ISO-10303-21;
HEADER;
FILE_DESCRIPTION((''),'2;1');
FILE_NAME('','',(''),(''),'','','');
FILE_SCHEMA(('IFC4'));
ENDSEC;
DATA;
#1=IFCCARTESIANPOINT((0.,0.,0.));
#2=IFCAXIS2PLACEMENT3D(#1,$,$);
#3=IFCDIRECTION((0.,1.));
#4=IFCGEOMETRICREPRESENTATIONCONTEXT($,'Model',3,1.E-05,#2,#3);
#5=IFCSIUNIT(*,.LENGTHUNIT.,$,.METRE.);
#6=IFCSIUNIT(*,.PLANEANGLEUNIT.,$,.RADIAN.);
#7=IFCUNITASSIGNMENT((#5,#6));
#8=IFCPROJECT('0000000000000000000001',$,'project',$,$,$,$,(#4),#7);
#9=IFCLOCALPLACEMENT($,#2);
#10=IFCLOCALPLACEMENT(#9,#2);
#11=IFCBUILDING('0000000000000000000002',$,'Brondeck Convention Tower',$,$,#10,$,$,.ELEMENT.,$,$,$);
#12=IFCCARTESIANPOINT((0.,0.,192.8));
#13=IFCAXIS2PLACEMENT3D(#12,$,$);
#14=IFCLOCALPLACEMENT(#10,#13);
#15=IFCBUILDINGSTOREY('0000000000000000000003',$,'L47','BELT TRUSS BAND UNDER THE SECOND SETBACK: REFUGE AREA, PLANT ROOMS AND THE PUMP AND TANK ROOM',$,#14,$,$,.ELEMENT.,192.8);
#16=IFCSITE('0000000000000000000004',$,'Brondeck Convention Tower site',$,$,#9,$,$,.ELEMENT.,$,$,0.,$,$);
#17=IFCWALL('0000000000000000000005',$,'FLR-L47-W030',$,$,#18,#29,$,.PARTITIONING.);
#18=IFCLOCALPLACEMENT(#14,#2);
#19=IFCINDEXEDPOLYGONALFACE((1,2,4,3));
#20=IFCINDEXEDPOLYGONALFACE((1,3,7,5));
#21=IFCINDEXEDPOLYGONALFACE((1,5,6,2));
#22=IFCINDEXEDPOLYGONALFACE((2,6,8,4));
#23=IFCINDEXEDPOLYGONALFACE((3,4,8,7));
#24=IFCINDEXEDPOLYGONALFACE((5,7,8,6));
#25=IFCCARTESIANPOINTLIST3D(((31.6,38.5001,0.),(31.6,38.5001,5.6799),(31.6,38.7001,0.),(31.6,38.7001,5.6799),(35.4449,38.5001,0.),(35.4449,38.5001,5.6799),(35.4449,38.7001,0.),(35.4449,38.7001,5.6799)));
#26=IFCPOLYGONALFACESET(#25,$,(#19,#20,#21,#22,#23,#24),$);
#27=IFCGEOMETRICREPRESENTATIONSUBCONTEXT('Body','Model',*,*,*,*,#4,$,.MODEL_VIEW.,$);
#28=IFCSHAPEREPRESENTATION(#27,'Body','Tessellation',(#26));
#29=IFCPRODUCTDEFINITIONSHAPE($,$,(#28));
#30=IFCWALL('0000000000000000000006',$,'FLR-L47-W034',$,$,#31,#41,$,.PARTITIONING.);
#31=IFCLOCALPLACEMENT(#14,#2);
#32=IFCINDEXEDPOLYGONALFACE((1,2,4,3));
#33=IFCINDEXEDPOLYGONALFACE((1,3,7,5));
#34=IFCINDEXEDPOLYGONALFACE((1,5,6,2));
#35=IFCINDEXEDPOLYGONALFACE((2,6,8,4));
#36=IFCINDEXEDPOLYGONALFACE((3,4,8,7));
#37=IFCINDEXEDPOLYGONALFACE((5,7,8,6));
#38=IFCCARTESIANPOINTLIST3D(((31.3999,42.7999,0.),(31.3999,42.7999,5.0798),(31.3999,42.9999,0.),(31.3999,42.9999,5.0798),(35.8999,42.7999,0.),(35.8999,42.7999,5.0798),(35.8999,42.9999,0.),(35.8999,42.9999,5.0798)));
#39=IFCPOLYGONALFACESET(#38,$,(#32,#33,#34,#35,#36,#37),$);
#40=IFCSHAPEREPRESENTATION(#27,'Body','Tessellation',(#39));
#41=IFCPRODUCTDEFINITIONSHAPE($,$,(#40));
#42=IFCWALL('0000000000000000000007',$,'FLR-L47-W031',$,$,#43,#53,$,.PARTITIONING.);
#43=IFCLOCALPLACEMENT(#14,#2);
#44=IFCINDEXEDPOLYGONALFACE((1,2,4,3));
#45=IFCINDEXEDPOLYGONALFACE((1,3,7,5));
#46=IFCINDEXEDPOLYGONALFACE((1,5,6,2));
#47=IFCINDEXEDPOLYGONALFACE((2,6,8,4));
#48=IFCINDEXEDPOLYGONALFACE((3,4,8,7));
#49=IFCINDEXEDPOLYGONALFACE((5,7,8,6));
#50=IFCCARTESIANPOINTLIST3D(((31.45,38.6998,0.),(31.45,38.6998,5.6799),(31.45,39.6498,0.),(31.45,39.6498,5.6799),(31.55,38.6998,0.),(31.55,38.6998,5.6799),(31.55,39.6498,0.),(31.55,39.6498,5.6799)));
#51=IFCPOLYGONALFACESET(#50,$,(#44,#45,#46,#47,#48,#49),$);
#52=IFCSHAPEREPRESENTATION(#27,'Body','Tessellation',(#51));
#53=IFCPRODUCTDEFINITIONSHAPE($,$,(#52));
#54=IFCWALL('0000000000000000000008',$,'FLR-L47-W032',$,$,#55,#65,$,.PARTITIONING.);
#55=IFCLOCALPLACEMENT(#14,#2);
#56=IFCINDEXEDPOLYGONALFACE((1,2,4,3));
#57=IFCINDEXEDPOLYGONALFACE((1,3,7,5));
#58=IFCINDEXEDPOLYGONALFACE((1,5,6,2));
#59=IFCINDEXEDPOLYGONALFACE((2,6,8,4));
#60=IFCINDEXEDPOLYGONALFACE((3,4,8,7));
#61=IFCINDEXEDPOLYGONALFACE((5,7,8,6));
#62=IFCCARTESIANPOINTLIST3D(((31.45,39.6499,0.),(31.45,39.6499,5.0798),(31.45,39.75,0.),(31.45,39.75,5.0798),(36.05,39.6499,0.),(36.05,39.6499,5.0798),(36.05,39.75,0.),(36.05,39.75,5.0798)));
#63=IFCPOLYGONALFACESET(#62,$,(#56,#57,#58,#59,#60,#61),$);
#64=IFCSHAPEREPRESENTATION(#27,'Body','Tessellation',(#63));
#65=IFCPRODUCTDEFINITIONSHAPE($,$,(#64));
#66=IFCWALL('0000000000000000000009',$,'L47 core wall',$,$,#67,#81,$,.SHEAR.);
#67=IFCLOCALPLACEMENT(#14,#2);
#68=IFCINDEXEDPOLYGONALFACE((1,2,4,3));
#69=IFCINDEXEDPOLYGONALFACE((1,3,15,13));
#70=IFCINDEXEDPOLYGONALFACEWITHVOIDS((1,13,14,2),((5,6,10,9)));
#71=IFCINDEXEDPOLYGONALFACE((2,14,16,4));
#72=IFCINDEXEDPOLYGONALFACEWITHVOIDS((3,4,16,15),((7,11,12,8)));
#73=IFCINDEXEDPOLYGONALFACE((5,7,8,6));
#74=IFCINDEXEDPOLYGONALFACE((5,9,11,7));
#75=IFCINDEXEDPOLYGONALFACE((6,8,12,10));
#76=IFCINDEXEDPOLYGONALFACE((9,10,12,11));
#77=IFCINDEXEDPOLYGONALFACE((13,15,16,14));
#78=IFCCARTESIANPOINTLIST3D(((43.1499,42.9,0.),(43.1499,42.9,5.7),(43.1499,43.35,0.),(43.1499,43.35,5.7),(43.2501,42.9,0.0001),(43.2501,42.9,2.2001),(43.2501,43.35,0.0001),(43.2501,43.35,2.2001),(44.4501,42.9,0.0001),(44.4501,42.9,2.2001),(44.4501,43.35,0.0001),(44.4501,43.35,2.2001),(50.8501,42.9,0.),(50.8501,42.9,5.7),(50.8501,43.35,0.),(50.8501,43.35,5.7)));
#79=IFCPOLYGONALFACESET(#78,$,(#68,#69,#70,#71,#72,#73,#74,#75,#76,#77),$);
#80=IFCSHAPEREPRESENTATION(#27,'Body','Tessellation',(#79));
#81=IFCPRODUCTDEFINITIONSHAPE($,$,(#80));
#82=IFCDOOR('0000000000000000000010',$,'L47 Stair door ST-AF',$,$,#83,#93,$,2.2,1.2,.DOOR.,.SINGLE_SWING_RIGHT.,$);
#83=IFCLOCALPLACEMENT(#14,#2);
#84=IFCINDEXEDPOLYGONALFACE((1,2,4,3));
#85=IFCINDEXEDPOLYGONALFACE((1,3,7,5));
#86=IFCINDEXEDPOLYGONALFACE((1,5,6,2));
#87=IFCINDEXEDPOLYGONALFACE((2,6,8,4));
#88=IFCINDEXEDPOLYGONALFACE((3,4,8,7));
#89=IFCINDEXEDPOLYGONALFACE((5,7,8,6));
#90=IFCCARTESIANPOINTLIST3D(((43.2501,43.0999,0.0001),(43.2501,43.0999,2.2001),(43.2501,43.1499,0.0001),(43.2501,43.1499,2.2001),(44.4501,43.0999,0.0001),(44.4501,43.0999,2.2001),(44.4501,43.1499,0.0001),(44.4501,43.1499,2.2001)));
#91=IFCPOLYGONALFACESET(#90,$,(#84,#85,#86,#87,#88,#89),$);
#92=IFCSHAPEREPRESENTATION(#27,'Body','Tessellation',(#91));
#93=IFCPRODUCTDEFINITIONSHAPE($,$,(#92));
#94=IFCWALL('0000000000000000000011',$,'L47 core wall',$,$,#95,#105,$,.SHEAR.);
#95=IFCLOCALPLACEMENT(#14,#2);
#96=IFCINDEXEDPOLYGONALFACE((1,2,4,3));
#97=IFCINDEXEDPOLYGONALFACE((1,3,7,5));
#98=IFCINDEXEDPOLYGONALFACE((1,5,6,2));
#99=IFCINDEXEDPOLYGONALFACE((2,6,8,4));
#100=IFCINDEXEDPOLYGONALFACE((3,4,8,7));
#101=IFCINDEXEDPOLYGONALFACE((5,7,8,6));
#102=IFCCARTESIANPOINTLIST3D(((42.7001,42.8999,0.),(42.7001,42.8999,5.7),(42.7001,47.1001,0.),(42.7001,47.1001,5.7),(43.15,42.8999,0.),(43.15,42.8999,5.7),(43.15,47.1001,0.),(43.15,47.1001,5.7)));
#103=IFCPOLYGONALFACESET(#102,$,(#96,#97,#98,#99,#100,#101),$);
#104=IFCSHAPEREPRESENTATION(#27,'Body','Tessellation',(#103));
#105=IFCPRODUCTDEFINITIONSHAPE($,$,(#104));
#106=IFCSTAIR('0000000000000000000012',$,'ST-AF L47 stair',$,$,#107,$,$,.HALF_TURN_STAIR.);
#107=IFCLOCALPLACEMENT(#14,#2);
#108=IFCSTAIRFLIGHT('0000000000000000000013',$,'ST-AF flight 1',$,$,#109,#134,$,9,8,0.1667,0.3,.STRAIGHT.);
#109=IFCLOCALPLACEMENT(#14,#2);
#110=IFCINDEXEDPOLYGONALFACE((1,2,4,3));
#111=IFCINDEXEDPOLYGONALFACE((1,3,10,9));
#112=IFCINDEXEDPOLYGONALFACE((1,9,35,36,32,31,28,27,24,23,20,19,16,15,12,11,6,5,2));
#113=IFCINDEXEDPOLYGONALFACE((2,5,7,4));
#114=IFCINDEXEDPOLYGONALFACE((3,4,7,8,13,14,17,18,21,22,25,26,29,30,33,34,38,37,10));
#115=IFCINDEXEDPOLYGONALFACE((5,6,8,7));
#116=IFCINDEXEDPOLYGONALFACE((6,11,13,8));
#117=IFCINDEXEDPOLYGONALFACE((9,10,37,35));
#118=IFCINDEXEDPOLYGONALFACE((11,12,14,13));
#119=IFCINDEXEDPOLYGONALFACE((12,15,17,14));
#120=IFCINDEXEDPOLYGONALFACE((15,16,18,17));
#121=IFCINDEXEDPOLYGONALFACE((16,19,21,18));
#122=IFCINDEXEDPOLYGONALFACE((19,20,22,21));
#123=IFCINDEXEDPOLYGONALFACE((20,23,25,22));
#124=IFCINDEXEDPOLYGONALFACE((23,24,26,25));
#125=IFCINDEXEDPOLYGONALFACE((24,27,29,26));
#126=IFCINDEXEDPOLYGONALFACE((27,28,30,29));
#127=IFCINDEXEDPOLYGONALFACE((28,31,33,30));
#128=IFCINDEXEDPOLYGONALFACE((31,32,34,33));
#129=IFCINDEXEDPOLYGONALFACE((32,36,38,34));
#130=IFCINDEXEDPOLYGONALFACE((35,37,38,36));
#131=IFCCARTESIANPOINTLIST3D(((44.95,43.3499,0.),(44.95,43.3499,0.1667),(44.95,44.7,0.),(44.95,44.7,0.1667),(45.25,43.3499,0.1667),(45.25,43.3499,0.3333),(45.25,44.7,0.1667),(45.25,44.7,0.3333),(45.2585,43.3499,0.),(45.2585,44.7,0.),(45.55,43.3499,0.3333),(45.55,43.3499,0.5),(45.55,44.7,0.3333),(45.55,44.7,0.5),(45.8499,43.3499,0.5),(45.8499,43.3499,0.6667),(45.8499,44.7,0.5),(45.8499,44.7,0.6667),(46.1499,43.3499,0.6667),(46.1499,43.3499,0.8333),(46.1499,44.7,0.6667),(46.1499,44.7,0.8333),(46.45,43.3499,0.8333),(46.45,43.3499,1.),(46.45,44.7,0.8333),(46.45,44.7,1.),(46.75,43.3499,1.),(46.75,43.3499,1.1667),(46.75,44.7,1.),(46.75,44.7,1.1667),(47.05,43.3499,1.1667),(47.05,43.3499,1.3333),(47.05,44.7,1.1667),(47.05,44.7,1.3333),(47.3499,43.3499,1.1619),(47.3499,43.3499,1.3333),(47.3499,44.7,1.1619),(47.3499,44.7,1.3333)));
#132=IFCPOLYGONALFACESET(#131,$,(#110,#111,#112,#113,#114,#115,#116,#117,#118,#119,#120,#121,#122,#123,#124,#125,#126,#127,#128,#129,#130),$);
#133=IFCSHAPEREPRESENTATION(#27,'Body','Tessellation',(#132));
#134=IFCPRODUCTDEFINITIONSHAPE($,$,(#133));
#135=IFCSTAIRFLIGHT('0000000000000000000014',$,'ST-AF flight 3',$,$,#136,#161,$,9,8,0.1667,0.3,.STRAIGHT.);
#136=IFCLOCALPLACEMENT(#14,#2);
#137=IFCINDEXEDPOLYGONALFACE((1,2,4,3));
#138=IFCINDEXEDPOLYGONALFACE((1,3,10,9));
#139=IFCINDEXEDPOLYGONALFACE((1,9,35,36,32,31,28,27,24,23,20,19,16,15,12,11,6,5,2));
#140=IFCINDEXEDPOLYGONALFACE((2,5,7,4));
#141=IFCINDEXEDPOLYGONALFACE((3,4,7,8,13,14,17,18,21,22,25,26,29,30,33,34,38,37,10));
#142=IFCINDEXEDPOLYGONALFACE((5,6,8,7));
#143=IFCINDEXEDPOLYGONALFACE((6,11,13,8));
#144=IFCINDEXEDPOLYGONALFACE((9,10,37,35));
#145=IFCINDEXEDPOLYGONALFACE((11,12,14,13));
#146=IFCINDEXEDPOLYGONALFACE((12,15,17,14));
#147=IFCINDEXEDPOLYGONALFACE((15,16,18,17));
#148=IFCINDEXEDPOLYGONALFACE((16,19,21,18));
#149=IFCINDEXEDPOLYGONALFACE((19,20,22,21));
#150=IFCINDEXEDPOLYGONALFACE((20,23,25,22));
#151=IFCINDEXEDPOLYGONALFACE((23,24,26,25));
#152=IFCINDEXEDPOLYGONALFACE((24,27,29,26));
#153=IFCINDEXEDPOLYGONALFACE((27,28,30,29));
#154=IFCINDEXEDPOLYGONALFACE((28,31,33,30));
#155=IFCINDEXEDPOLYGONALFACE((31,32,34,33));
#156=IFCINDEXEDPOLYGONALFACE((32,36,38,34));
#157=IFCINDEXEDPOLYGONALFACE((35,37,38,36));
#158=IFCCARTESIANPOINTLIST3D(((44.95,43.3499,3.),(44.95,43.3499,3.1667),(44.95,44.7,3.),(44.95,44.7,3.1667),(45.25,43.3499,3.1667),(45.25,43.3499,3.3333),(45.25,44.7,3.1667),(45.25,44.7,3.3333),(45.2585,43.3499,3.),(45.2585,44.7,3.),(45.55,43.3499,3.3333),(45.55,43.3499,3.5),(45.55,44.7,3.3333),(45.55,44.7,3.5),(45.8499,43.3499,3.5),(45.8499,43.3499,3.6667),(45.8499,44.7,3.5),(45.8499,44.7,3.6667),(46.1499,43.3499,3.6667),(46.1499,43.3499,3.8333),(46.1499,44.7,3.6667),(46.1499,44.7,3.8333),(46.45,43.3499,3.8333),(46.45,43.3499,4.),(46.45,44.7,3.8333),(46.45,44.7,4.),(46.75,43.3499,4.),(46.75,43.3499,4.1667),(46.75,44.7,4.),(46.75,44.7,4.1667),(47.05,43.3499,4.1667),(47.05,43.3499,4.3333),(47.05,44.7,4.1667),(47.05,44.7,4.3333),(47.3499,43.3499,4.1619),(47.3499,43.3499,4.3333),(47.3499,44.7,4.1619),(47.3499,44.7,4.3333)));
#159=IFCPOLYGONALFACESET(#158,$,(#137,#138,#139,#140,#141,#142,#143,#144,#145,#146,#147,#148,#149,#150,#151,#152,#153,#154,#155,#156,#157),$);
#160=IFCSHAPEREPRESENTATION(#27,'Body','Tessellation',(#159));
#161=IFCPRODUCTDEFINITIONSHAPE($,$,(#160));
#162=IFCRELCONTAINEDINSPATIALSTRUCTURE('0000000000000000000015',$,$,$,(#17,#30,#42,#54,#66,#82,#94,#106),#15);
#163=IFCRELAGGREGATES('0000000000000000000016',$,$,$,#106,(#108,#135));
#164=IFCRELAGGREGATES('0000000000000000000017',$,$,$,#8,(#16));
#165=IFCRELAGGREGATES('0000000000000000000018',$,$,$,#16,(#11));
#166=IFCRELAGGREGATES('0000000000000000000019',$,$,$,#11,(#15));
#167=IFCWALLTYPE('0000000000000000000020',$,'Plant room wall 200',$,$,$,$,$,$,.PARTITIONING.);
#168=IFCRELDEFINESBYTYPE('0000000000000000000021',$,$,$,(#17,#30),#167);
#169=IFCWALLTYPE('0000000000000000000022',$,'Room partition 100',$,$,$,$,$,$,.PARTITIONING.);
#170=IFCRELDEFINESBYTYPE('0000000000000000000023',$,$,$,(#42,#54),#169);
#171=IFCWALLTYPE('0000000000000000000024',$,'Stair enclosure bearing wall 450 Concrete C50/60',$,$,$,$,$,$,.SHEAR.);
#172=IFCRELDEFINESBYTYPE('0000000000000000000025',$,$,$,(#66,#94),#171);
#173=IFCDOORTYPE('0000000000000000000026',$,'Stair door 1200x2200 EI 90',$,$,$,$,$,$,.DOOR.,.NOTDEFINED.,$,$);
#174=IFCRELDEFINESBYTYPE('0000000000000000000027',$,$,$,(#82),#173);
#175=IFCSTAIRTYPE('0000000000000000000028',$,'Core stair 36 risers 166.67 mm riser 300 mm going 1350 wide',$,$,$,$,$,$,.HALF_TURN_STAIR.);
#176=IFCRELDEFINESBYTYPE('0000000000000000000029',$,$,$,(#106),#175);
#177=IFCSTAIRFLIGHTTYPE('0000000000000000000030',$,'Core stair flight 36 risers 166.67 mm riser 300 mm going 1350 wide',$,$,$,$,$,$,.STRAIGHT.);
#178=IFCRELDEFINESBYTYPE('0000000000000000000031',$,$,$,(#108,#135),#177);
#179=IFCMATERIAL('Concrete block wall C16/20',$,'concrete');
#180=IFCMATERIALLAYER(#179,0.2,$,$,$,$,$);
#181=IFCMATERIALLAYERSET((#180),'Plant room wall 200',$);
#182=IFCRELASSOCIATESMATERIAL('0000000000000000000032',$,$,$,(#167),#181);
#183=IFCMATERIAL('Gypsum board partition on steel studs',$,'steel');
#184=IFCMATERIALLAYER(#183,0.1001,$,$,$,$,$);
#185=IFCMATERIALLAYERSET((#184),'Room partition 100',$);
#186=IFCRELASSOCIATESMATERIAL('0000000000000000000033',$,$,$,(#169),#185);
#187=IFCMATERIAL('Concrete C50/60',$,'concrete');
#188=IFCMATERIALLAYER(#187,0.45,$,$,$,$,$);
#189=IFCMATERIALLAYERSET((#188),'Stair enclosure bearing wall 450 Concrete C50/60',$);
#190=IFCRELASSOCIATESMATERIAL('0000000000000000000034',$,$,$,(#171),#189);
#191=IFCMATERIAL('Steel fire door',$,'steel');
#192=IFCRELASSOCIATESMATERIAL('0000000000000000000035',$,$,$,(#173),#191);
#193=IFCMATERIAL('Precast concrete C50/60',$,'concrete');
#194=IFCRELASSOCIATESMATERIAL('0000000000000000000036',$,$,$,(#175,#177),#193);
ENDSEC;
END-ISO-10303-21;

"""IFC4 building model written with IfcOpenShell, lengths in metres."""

from ifc_helpers import new_model, si_unit, direction, frame, frame_2d, origin, place, context, subcontext, project, spatial, polyline, rectangle, outline, extrude, material, layer, layer_set, type_object, element, fill, aggregate, save


model = new_model("IFC4")

# Units and contexts
model_context = context("Model", 3, precision=1e-05, world=origin(), true_north=direction((0.0, 1.0)))
body_context = subcontext(model_context, "Body", "Model", "MODEL_VIEW")
ifc_project = project(units=[si_unit("LENGTHUNIT", "METRE"), si_unit("PLANEANGLEUNIT", "RADIAN")], contexts=[model_context])

# Site, building, storey
site_placement = place(None, origin())
site = spatial("IfcSite", under=ifc_project, at=site_placement, Name="Brondeck Convention Tower site", CompositionType="ELEMENT", RefElevation=0.0)
building_placement = place(site_placement, origin())
building = spatial("IfcBuilding", under=site, at=building_placement, Name="Brondeck Convention Tower", CompositionType="ELEMENT")
storey_placement = place(building_placement, frame((0.0, 0.0, 192.8)))
storey = spatial("IfcBuildingStorey", under=building, at=storey_placement, Name="L47", Description="BELT TRUSS BAND UNDER THE SECOND SETBACK: REFUGE AREA, PLANT ROOMS AND THE PUMP AND TANK ROOM", CompositionType="ELEMENT", Elevation=192.8)

# Walls
ifc_material_1 = material(Name="Concrete block wall C16/20", Category="concrete")
ifc_layer_1 = layer(ifc_material_1, 0.2)
ifc_layer_set_1 = layer_set([ifc_layer_1], Name="Plant room wall 200")
wall_type_1 = type_object("IfcWallType", Name="Plant room wall 200", PredefinedType="PARTITIONING", material=ifc_layer_set_1)
wall_1_placement = place(storey_placement, frame((31.6001, 38.6001, 0.0), z_axis=(0.0, 0.0, 1.0), x_axis=(1.0, 0.0, 0.0)))
element("IfcWall", 1, at=wall_1_placement, inside=storey, type_object=wall_type_1, Name="FLR-L47-W030", PredefinedType="PARTITIONING", context=body_context, shape_type="SweptSolid", body=[
    extrude(rectangle(XDim=3.845, YDim=0.2, at=frame_2d((1.9224, 0.0))), origin(), (0.0, 0.0, 1.0), 5.6799),
])
wall_2_placement = place(storey_placement, frame((31.3999, 42.8999, 0.0), z_axis=(0.0, 0.0, 1.0), x_axis=(1.0, 0.0, 0.0)))
element("IfcWall", 2, at=wall_2_placement, inside=storey, type_object=wall_type_1, Name="FLR-L47-W034", PredefinedType="PARTITIONING", context=body_context, shape_type="SweptSolid", body=[
    extrude(rectangle(XDim=4.5, YDim=0.2, at=frame_2d((2.25, 0.0))), origin(), (0.0, 0.0, 1.0), 5.0798),
])
ifc_material_2 = material(Name="Gypsum board partition on steel studs", Category="steel")
ifc_layer_2 = layer(ifc_material_2, 0.1001)
ifc_layer_set_2 = layer_set([ifc_layer_2], Name="Room partition 100")
wall_type_2 = type_object("IfcWallType", Name="Room partition 100", PredefinedType="PARTITIONING", material=ifc_layer_set_2)
wall_3_placement = place(storey_placement, frame((31.5, 39.6499, 0.0), z_axis=(0.0, 0.0, 1.0), x_axis=(0.0, -1.0, 0.0)))
element("IfcWall", 3, at=wall_3_placement, inside=storey, type_object=wall_type_2, Name="FLR-L47-W031", PredefinedType="PARTITIONING", context=body_context, shape_type="SweptSolid", body=[
    extrude(rectangle(XDim=0.95, YDim=0.1001, at=frame_2d((0.4751, 0.0))), origin(), (0.0, 0.0, 1.0), 5.6799),
])
wall_4_placement = place(storey_placement, frame((36.05, 39.7, 0.0), z_axis=(0.0, 0.0, 1.0), x_axis=(-1.0, 0.0, 0.0)))
element("IfcWall", 4, at=wall_4_placement, inside=storey, type_object=wall_type_2, Name="FLR-L47-W032", PredefinedType="PARTITIONING", context=body_context, shape_type="SweptSolid", body=[
    extrude(rectangle(XDim=4.6001, YDim=0.1001, at=frame_2d((2.3, 0.0))), origin(), (0.0, 0.0, 1.0), 5.0798),
])

# Wall, opening, door
ifc_material_3 = material(Name="Concrete C50/60", Category="concrete")
ifc_layer_3 = layer(ifc_material_3, 0.45)
ifc_layer_set_3 = layer_set([ifc_layer_3], Name="Stair enclosure bearing wall 450 Concrete C50/60")
wall_type_3 = type_object("IfcWallType", Name="Stair enclosure bearing wall 450 Concrete C50/60", PredefinedType="SHEAR", material=ifc_layer_set_3)
wall_5_placement = place(storey_placement, frame((43.1499, 43.125, 0.0), z_axis=(0.0, 0.0, 1.0), x_axis=(1.0, 0.0, 0.0)))
wall_5 = element("IfcWall", 5, at=wall_5_placement, inside=storey, type_object=wall_type_3, Name="L47 core wall", PredefinedType="SHEAR", context=body_context, shape_type="SweptSolid", body=[
    extrude(rectangle(XDim=7.7002, YDim=0.45, at=frame_2d((3.8501, 0.0))), origin(), (0.0, 0.0, 1.0), 5.7),
])
opening_1_placement = place(wall_5_placement, frame((0.1001, 0.0, 0.0)))
opening_1 = element("IfcOpeningElement", 6, at=opening_1_placement, cuts=wall_5, PredefinedType="OPENING", context=body_context, shape_type="SweptSolid", body=[
    extrude(rectangle(XDim=1.2, YDim=2.2, at=frame_2d((0.6001, 1.1001))), frame((0.0, 0.2349, 0.0), z_axis=(0.0, -1.0, 0.0), x_axis=(1.0, 0.0, 0.0)), (0.0, 0.0, 1.0), 0.47),
])
ifc_material_4 = material(Name="Steel fire door", Category="steel")
door_type_1 = type_object("IfcDoorType", Name="Stair door 1200x2200 EI 90", OperationType="NOTDEFINED", PredefinedType="DOOR", material=ifc_material_4)
door_1_placement = place(opening_1_placement, origin())
door_1 = element("IfcDoor", 7, at=door_1_placement, inside=storey, type_object=door_type_1, Name="L47 Stair door ST-AF", OperationType="SINGLE_SWING_RIGHT", OverallHeight=2.2, OverallWidth=1.2, PredefinedType="DOOR", context=body_context, shape_type="SweptSolid", body=[
    extrude(rectangle(XDim=1.2, YDim=2.2, at=frame_2d((0.6001, 1.1001))), frame((0.0, 0.0249, 0.0), z_axis=(0.0, -1.0, 0.0), x_axis=(1.0, 0.0, 0.0)), (0.0, 0.0, 1.0), 0.05),
])
fill(opening_1, door_1)

# Wall
wall_6_placement = place(storey_placement, frame((42.925, 42.8999, 0.0), z_axis=(0.0, 0.0, 1.0), x_axis=(0.0, 1.0, 0.0)))
element("IfcWall", 8, at=wall_6_placement, inside=storey, type_object=wall_type_3, Name="L47 core wall", PredefinedType="SHEAR", context=body_context, shape_type="SweptSolid", body=[
    extrude(rectangle(XDim=4.2002, YDim=0.45, at=frame_2d((2.1001, 0.0))), origin(), (0.0, 0.0, 1.0), 5.7),
])

# Stair, stair flights
ifc_material_5 = material(Name="Precast concrete C50/60", Category="concrete")
stair_type = type_object("IfcStairType", Name="Core stair 36 risers 166.67 mm riser 300 mm going 1350 wide", PredefinedType="HALF_TURN_STAIR", material=ifc_material_5)
stair_placement = place(storey_placement, origin())
stair = element("IfcStair", 9, at=stair_placement, inside=storey, type_object=stair_type, Name="ST-AF L47 stair", PredefinedType="HALF_TURN_STAIR")
stair_flight_type = type_object("IfcStairFlightType", Name="Core stair flight 36 risers 166.67 mm riser 300 mm going 1350 wide", PredefinedType="STRAIGHT", material=ifc_material_5)
stair_flight_1_placement = place(storey_placement, frame((44.95, 44.0249, 0.0), z_axis=(0.0, 0.0, 1.0), x_axis=(1.0, 0.0, 0.0)))
stair_flight_1 = element("IfcStairFlight", 10, at=stair_flight_1_placement, type_object=stair_flight_type, Name="ST-AF flight 1", NumberOfRisers=9, NumberOfTreads=8, PredefinedType="STRAIGHT", RiserHeight=0.1667, TreadLength=0.3, context=body_context, shape_type="SweptSolid", body=[
    extrude(outline(polyline([(0.0, 0.0), (0.0, 0.1667), (0.3, 0.1667), (0.3, 0.3333), (0.6001, 0.3333), (0.6001, 0.5), (0.8999, 0.5), (0.8999, 0.6667), (1.2, 0.6667), (1.2, 0.8333), (1.5, 0.8333), (1.5, 1.0), (1.8, 1.0), (1.8, 1.1667), (2.1001, 1.1667), (2.1001, 1.3333), (2.3999, 1.3333), (2.3999, 1.5), (2.3999, 1.1619), (0.3086, 0.0), (0.0, 0.0)])), frame((0.0, 0.675, 0.0), z_axis=(0.0, -1.0, 0.0), x_axis=(1.0, 0.0, 0.0)), (0.0, 0.0, 1.0), 1.3501),
])
stair_flight_2_placement = place(storey_placement, frame((44.95, 44.0249, 3.0), z_axis=(0.0, 0.0, 1.0), x_axis=(1.0, 0.0, 0.0)))
stair_flight_2 = element("IfcStairFlight", 11, at=stair_flight_2_placement, type_object=stair_flight_type, Name="ST-AF flight 3", NumberOfRisers=9, NumberOfTreads=8, PredefinedType="STRAIGHT", RiserHeight=0.1667, TreadLength=0.3, context=body_context, shape_type="SweptSolid", body=[
    extrude(outline(polyline([(0.0, 0.0), (0.0, 0.1667), (0.3, 0.1667), (0.3, 0.3333), (0.6001, 0.3333), (0.6001, 0.5), (0.8999, 0.5), (0.8999, 0.6667), (1.2, 0.6667), (1.2, 0.8333), (1.5, 0.8333), (1.5, 1.0), (1.8, 1.0), (1.8, 1.1667), (2.1001, 1.1667), (2.1001, 1.3333), (2.3999, 1.3333), (2.3999, 1.5), (2.3999, 1.1619), (0.3086, 0.0), (0.0, 0.0)])), frame((0.0, 0.675, 0.0), z_axis=(0.0, -1.0, 0.0), x_axis=(1.0, 0.0, 0.0)), (0.0, 0.0, 1.0), 1.3501),
])
aggregate(stair, [stair_flight_1, stair_flight_2])

save(model, "model.ifc")
